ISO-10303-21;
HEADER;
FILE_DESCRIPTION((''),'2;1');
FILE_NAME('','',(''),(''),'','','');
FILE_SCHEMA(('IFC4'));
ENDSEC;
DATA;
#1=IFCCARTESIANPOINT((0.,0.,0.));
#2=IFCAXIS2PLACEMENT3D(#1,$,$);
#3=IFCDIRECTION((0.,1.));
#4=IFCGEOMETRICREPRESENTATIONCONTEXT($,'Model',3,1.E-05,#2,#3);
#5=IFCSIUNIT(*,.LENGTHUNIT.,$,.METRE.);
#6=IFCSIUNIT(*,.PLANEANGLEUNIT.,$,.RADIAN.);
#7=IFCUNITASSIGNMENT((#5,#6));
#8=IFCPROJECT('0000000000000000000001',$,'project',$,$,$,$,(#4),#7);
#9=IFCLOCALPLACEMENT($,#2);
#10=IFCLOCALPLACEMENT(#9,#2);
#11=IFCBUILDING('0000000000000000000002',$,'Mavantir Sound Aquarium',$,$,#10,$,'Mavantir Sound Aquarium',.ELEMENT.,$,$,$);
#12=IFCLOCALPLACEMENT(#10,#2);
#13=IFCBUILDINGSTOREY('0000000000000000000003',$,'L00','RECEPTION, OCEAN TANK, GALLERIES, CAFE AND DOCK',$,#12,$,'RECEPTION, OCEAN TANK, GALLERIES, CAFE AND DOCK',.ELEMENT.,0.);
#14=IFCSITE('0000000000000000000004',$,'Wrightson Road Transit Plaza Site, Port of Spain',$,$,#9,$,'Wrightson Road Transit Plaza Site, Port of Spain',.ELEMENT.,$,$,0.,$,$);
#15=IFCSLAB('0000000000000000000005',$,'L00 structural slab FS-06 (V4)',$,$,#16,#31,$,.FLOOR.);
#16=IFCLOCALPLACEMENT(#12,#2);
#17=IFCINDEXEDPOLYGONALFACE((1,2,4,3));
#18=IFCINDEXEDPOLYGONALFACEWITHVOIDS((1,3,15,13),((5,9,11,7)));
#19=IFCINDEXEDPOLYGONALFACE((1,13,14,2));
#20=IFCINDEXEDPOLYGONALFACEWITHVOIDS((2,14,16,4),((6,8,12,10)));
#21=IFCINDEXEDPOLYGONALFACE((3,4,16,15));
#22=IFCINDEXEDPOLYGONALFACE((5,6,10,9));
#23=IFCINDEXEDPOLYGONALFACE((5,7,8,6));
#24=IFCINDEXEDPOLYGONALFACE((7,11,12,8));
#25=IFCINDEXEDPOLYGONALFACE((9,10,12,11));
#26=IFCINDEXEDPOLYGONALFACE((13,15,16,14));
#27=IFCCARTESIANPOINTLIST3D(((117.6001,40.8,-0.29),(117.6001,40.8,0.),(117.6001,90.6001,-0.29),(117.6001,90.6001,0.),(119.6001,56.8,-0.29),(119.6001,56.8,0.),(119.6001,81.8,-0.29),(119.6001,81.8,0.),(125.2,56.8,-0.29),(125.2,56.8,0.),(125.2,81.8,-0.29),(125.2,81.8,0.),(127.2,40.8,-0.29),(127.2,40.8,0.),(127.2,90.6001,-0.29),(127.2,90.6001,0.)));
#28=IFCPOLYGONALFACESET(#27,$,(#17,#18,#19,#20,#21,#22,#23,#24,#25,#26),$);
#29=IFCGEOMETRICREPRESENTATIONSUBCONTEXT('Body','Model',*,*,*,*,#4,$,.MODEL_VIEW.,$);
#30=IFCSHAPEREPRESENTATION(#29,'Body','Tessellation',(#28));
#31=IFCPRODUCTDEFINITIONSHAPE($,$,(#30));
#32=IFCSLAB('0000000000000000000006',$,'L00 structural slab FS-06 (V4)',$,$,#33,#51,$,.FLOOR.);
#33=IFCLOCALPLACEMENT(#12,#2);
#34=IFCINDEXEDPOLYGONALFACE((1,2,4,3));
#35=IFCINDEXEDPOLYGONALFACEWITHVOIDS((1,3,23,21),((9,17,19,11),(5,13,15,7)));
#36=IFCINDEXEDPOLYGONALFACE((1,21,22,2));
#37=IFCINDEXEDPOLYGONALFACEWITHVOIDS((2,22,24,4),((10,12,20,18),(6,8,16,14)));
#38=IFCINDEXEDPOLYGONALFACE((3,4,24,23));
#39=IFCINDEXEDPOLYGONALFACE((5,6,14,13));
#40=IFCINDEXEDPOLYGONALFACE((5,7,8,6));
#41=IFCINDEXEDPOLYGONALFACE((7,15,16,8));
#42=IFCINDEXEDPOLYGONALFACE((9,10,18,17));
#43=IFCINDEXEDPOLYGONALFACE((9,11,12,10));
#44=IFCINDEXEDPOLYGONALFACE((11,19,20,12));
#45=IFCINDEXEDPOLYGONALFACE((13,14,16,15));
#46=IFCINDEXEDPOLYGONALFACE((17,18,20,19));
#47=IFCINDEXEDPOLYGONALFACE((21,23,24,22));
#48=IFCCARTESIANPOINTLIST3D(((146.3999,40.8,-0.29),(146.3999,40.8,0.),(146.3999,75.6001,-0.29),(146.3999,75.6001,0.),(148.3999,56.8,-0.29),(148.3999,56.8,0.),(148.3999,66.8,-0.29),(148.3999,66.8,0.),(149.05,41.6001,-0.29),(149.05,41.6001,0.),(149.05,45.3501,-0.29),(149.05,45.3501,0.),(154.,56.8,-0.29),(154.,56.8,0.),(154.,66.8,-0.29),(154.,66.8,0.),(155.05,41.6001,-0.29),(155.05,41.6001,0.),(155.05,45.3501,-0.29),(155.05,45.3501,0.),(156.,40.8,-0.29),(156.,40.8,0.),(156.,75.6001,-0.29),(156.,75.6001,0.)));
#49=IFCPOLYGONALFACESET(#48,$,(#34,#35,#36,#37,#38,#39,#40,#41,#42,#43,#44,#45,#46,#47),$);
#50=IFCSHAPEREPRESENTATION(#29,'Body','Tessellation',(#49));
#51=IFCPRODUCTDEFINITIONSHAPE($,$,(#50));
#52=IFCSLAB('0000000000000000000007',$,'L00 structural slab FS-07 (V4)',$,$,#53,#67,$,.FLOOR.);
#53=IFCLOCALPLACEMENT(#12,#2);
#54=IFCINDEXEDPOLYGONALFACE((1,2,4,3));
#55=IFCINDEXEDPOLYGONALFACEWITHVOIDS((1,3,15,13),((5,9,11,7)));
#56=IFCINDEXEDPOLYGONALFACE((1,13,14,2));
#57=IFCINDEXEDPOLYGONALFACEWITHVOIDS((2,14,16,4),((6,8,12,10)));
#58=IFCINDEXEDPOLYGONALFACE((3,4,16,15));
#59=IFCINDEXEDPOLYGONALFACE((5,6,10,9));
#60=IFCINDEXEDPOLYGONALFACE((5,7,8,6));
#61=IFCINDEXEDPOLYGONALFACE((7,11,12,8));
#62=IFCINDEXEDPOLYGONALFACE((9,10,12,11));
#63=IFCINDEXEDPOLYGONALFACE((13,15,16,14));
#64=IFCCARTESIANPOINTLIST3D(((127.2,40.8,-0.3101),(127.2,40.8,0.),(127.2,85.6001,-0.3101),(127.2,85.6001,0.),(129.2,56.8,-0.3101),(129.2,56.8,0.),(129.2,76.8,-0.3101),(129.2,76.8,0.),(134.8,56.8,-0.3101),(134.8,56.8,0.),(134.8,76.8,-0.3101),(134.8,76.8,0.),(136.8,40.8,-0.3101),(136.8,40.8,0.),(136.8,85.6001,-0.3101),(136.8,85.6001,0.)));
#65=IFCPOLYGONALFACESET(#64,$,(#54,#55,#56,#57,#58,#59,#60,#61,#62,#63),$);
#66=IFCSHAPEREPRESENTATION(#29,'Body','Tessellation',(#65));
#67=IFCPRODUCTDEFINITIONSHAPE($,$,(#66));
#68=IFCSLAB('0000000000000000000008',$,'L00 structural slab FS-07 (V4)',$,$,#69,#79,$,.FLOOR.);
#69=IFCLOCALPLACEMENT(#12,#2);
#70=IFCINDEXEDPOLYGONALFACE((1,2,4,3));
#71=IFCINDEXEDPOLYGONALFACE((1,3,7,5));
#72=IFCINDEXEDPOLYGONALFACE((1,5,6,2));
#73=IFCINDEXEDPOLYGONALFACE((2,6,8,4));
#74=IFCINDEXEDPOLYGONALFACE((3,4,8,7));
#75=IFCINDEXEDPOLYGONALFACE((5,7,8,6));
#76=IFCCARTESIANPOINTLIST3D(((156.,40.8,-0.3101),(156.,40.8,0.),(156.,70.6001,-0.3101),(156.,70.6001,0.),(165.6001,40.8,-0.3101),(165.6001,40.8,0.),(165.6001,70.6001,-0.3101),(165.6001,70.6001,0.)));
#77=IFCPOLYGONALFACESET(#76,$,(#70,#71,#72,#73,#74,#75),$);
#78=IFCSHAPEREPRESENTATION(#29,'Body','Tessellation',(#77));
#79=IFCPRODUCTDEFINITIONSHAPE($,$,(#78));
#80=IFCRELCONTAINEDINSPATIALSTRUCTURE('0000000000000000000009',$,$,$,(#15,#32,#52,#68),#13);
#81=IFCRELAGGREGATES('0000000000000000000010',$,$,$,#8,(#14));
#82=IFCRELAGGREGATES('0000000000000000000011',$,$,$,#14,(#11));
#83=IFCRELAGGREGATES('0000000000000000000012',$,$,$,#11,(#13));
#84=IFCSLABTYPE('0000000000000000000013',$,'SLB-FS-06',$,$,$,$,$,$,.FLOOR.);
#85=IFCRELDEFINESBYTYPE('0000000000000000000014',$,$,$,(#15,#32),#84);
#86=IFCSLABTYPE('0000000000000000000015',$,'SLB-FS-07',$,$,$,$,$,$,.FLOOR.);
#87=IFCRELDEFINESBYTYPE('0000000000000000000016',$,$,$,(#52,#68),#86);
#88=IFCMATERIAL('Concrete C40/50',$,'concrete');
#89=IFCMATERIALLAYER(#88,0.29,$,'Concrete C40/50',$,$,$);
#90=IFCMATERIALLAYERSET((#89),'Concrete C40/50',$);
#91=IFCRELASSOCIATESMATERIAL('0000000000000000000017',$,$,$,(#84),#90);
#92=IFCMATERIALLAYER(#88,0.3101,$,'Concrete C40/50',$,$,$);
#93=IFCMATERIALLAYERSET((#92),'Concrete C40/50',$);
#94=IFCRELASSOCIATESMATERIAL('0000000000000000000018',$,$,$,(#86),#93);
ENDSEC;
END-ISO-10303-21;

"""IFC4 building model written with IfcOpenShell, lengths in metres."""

from ifc_helpers import new_model, si_unit, direction, frame, origin, place, context, subcontext, project, spatial, polyline, outline, extrude, material, layer, layer_set, type_object, element, save


model = new_model("IFC4")

# Units and contexts
model_context = context("Model", 3, precision=1e-05, world=origin(), true_north=direction((0.0, 1.0)))
body_context = subcontext(model_context, "Body", "Model", "MODEL_VIEW")
ifc_project = project(units=[si_unit("LENGTHUNIT", "METRE"), si_unit("PLANEANGLEUNIT", "RADIAN")], contexts=[model_context])

# Site, building, storey
site_placement = place(None, origin())
site = spatial("IfcSite", under=ifc_project, at=site_placement, Name="Wrightson Road Transit Plaza Site, Port of Spain", LongName="Wrightson Road Transit Plaza Site, Port of Spain", CompositionType="ELEMENT", RefElevation=0.0)
building_placement = place(site_placement, origin())
building = spatial("IfcBuilding", under=site, at=building_placement, Name="Mavantir Sound Aquarium", LongName="Mavantir Sound Aquarium", CompositionType="ELEMENT")
storey_placement = place(building_placement, origin())
storey = spatial("IfcBuildingStorey", under=building, at=storey_placement, Name="L00", Description="RECEPTION, OCEAN TANK, GALLERIES, CAFE AND DOCK", LongName="RECEPTION, OCEAN TANK, GALLERIES, CAFE AND DOCK", CompositionType="ELEMENT", Elevation=0.0)

# Slabs
ifc_material_1 = material(Name="Concrete C40/50", Category="concrete")
ifc_layer_1 = layer(ifc_material_1, 0.29, Name="Concrete C40/50")
ifc_layer_set_1 = layer_set([ifc_layer_1], Name="Concrete C40/50")
slab_type_1 = type_object("IfcSlabType", Name="SLB-FS-06", PredefinedType="FLOOR", material=ifc_layer_set_1)
slab_1_placement = place(storey_placement, frame((0.0, 0.0, -0.29)))
element("IfcSlab", 1, at=slab_1_placement, inside=storey, type_object=slab_type_1, Name="L00 structural slab FS-06 (V4)", PredefinedType="FLOOR", context=body_context, shape_type="SweptSolid", body=[
    extrude(outline(polyline([(127.2, 40.8), (127.2, 90.6001), (117.6001, 90.6001), (117.6001, 40.8), (127.2, 40.8)]), holes=[polyline([(119.6001, 56.8), (125.2, 56.8), (125.2, 81.8), (119.6001, 81.8), (119.6001, 56.8)])]), origin(), (0.0, 0.0, 1.0), 0.29),
])
slab_2_placement = place(storey_placement, frame((0.0, 0.0, -0.29)))
element("IfcSlab", 2, at=slab_2_placement, inside=storey, type_object=slab_type_1, Name="L00 structural slab FS-06 (V4)", PredefinedType="FLOOR", context=body_context, shape_type="SweptSolid", body=[
    extrude(outline(polyline([(156.0, 40.8), (156.0, 75.6001), (146.3999, 75.6001), (146.3999, 40.8), (156.0, 40.8)]), holes=[polyline([(148.3999, 56.8), (154.0, 56.8), (154.0, 66.8), (148.3999, 66.8), (148.3999, 56.8)]), polyline([(149.05, 41.6001), (155.05, 41.6001), (155.05, 45.3501), (149.05, 45.3501), (149.05, 41.6001)])]), origin(), (0.0, 0.0, 1.0), 0.29),
])
ifc_layer_2 = layer(ifc_material_1, 0.3101, Name="Concrete C40/50")
ifc_layer_set_2 = layer_set([ifc_layer_2], Name="Concrete C40/50")
slab_type_2 = type_object("IfcSlabType", Name="SLB-FS-07", PredefinedType="FLOOR", material=ifc_layer_set_2)
slab_3_placement = place(storey_placement, frame((0.0, 0.0, -0.3101)))
element("IfcSlab", 3, at=slab_3_placement, inside=storey, type_object=slab_type_2, Name="L00 structural slab FS-07 (V4)", PredefinedType="FLOOR", context=body_context, shape_type="SweptSolid", body=[
    extrude(outline(polyline([(136.8, 40.8), (136.8, 85.6001), (127.2, 85.6001), (127.2, 40.8), (136.8, 40.8)]), holes=[polyline([(129.2, 56.8), (134.8, 56.8), (134.8, 76.8), (129.2, 76.8), (129.2, 56.8)])]), origin(), (0.0, 0.0, 1.0), 0.3101),
])
slab_4_placement = place(storey_placement, frame((0.0, 0.0, -0.3101)))
element("IfcSlab", 4, at=slab_4_placement, inside=storey, type_object=slab_type_2, Name="L00 structural slab FS-07 (V4)", PredefinedType="FLOOR", context=body_context, shape_type="SweptSolid", body=[
    extrude(outline(polyline([(165.6001, 40.8), (165.6001, 70.6001), (156.0, 70.6001), (156.0, 40.8), (165.6001, 40.8)])), origin(), (0.0, 0.0, 1.0), 0.3101),
])

save(model, "model.ifc")
